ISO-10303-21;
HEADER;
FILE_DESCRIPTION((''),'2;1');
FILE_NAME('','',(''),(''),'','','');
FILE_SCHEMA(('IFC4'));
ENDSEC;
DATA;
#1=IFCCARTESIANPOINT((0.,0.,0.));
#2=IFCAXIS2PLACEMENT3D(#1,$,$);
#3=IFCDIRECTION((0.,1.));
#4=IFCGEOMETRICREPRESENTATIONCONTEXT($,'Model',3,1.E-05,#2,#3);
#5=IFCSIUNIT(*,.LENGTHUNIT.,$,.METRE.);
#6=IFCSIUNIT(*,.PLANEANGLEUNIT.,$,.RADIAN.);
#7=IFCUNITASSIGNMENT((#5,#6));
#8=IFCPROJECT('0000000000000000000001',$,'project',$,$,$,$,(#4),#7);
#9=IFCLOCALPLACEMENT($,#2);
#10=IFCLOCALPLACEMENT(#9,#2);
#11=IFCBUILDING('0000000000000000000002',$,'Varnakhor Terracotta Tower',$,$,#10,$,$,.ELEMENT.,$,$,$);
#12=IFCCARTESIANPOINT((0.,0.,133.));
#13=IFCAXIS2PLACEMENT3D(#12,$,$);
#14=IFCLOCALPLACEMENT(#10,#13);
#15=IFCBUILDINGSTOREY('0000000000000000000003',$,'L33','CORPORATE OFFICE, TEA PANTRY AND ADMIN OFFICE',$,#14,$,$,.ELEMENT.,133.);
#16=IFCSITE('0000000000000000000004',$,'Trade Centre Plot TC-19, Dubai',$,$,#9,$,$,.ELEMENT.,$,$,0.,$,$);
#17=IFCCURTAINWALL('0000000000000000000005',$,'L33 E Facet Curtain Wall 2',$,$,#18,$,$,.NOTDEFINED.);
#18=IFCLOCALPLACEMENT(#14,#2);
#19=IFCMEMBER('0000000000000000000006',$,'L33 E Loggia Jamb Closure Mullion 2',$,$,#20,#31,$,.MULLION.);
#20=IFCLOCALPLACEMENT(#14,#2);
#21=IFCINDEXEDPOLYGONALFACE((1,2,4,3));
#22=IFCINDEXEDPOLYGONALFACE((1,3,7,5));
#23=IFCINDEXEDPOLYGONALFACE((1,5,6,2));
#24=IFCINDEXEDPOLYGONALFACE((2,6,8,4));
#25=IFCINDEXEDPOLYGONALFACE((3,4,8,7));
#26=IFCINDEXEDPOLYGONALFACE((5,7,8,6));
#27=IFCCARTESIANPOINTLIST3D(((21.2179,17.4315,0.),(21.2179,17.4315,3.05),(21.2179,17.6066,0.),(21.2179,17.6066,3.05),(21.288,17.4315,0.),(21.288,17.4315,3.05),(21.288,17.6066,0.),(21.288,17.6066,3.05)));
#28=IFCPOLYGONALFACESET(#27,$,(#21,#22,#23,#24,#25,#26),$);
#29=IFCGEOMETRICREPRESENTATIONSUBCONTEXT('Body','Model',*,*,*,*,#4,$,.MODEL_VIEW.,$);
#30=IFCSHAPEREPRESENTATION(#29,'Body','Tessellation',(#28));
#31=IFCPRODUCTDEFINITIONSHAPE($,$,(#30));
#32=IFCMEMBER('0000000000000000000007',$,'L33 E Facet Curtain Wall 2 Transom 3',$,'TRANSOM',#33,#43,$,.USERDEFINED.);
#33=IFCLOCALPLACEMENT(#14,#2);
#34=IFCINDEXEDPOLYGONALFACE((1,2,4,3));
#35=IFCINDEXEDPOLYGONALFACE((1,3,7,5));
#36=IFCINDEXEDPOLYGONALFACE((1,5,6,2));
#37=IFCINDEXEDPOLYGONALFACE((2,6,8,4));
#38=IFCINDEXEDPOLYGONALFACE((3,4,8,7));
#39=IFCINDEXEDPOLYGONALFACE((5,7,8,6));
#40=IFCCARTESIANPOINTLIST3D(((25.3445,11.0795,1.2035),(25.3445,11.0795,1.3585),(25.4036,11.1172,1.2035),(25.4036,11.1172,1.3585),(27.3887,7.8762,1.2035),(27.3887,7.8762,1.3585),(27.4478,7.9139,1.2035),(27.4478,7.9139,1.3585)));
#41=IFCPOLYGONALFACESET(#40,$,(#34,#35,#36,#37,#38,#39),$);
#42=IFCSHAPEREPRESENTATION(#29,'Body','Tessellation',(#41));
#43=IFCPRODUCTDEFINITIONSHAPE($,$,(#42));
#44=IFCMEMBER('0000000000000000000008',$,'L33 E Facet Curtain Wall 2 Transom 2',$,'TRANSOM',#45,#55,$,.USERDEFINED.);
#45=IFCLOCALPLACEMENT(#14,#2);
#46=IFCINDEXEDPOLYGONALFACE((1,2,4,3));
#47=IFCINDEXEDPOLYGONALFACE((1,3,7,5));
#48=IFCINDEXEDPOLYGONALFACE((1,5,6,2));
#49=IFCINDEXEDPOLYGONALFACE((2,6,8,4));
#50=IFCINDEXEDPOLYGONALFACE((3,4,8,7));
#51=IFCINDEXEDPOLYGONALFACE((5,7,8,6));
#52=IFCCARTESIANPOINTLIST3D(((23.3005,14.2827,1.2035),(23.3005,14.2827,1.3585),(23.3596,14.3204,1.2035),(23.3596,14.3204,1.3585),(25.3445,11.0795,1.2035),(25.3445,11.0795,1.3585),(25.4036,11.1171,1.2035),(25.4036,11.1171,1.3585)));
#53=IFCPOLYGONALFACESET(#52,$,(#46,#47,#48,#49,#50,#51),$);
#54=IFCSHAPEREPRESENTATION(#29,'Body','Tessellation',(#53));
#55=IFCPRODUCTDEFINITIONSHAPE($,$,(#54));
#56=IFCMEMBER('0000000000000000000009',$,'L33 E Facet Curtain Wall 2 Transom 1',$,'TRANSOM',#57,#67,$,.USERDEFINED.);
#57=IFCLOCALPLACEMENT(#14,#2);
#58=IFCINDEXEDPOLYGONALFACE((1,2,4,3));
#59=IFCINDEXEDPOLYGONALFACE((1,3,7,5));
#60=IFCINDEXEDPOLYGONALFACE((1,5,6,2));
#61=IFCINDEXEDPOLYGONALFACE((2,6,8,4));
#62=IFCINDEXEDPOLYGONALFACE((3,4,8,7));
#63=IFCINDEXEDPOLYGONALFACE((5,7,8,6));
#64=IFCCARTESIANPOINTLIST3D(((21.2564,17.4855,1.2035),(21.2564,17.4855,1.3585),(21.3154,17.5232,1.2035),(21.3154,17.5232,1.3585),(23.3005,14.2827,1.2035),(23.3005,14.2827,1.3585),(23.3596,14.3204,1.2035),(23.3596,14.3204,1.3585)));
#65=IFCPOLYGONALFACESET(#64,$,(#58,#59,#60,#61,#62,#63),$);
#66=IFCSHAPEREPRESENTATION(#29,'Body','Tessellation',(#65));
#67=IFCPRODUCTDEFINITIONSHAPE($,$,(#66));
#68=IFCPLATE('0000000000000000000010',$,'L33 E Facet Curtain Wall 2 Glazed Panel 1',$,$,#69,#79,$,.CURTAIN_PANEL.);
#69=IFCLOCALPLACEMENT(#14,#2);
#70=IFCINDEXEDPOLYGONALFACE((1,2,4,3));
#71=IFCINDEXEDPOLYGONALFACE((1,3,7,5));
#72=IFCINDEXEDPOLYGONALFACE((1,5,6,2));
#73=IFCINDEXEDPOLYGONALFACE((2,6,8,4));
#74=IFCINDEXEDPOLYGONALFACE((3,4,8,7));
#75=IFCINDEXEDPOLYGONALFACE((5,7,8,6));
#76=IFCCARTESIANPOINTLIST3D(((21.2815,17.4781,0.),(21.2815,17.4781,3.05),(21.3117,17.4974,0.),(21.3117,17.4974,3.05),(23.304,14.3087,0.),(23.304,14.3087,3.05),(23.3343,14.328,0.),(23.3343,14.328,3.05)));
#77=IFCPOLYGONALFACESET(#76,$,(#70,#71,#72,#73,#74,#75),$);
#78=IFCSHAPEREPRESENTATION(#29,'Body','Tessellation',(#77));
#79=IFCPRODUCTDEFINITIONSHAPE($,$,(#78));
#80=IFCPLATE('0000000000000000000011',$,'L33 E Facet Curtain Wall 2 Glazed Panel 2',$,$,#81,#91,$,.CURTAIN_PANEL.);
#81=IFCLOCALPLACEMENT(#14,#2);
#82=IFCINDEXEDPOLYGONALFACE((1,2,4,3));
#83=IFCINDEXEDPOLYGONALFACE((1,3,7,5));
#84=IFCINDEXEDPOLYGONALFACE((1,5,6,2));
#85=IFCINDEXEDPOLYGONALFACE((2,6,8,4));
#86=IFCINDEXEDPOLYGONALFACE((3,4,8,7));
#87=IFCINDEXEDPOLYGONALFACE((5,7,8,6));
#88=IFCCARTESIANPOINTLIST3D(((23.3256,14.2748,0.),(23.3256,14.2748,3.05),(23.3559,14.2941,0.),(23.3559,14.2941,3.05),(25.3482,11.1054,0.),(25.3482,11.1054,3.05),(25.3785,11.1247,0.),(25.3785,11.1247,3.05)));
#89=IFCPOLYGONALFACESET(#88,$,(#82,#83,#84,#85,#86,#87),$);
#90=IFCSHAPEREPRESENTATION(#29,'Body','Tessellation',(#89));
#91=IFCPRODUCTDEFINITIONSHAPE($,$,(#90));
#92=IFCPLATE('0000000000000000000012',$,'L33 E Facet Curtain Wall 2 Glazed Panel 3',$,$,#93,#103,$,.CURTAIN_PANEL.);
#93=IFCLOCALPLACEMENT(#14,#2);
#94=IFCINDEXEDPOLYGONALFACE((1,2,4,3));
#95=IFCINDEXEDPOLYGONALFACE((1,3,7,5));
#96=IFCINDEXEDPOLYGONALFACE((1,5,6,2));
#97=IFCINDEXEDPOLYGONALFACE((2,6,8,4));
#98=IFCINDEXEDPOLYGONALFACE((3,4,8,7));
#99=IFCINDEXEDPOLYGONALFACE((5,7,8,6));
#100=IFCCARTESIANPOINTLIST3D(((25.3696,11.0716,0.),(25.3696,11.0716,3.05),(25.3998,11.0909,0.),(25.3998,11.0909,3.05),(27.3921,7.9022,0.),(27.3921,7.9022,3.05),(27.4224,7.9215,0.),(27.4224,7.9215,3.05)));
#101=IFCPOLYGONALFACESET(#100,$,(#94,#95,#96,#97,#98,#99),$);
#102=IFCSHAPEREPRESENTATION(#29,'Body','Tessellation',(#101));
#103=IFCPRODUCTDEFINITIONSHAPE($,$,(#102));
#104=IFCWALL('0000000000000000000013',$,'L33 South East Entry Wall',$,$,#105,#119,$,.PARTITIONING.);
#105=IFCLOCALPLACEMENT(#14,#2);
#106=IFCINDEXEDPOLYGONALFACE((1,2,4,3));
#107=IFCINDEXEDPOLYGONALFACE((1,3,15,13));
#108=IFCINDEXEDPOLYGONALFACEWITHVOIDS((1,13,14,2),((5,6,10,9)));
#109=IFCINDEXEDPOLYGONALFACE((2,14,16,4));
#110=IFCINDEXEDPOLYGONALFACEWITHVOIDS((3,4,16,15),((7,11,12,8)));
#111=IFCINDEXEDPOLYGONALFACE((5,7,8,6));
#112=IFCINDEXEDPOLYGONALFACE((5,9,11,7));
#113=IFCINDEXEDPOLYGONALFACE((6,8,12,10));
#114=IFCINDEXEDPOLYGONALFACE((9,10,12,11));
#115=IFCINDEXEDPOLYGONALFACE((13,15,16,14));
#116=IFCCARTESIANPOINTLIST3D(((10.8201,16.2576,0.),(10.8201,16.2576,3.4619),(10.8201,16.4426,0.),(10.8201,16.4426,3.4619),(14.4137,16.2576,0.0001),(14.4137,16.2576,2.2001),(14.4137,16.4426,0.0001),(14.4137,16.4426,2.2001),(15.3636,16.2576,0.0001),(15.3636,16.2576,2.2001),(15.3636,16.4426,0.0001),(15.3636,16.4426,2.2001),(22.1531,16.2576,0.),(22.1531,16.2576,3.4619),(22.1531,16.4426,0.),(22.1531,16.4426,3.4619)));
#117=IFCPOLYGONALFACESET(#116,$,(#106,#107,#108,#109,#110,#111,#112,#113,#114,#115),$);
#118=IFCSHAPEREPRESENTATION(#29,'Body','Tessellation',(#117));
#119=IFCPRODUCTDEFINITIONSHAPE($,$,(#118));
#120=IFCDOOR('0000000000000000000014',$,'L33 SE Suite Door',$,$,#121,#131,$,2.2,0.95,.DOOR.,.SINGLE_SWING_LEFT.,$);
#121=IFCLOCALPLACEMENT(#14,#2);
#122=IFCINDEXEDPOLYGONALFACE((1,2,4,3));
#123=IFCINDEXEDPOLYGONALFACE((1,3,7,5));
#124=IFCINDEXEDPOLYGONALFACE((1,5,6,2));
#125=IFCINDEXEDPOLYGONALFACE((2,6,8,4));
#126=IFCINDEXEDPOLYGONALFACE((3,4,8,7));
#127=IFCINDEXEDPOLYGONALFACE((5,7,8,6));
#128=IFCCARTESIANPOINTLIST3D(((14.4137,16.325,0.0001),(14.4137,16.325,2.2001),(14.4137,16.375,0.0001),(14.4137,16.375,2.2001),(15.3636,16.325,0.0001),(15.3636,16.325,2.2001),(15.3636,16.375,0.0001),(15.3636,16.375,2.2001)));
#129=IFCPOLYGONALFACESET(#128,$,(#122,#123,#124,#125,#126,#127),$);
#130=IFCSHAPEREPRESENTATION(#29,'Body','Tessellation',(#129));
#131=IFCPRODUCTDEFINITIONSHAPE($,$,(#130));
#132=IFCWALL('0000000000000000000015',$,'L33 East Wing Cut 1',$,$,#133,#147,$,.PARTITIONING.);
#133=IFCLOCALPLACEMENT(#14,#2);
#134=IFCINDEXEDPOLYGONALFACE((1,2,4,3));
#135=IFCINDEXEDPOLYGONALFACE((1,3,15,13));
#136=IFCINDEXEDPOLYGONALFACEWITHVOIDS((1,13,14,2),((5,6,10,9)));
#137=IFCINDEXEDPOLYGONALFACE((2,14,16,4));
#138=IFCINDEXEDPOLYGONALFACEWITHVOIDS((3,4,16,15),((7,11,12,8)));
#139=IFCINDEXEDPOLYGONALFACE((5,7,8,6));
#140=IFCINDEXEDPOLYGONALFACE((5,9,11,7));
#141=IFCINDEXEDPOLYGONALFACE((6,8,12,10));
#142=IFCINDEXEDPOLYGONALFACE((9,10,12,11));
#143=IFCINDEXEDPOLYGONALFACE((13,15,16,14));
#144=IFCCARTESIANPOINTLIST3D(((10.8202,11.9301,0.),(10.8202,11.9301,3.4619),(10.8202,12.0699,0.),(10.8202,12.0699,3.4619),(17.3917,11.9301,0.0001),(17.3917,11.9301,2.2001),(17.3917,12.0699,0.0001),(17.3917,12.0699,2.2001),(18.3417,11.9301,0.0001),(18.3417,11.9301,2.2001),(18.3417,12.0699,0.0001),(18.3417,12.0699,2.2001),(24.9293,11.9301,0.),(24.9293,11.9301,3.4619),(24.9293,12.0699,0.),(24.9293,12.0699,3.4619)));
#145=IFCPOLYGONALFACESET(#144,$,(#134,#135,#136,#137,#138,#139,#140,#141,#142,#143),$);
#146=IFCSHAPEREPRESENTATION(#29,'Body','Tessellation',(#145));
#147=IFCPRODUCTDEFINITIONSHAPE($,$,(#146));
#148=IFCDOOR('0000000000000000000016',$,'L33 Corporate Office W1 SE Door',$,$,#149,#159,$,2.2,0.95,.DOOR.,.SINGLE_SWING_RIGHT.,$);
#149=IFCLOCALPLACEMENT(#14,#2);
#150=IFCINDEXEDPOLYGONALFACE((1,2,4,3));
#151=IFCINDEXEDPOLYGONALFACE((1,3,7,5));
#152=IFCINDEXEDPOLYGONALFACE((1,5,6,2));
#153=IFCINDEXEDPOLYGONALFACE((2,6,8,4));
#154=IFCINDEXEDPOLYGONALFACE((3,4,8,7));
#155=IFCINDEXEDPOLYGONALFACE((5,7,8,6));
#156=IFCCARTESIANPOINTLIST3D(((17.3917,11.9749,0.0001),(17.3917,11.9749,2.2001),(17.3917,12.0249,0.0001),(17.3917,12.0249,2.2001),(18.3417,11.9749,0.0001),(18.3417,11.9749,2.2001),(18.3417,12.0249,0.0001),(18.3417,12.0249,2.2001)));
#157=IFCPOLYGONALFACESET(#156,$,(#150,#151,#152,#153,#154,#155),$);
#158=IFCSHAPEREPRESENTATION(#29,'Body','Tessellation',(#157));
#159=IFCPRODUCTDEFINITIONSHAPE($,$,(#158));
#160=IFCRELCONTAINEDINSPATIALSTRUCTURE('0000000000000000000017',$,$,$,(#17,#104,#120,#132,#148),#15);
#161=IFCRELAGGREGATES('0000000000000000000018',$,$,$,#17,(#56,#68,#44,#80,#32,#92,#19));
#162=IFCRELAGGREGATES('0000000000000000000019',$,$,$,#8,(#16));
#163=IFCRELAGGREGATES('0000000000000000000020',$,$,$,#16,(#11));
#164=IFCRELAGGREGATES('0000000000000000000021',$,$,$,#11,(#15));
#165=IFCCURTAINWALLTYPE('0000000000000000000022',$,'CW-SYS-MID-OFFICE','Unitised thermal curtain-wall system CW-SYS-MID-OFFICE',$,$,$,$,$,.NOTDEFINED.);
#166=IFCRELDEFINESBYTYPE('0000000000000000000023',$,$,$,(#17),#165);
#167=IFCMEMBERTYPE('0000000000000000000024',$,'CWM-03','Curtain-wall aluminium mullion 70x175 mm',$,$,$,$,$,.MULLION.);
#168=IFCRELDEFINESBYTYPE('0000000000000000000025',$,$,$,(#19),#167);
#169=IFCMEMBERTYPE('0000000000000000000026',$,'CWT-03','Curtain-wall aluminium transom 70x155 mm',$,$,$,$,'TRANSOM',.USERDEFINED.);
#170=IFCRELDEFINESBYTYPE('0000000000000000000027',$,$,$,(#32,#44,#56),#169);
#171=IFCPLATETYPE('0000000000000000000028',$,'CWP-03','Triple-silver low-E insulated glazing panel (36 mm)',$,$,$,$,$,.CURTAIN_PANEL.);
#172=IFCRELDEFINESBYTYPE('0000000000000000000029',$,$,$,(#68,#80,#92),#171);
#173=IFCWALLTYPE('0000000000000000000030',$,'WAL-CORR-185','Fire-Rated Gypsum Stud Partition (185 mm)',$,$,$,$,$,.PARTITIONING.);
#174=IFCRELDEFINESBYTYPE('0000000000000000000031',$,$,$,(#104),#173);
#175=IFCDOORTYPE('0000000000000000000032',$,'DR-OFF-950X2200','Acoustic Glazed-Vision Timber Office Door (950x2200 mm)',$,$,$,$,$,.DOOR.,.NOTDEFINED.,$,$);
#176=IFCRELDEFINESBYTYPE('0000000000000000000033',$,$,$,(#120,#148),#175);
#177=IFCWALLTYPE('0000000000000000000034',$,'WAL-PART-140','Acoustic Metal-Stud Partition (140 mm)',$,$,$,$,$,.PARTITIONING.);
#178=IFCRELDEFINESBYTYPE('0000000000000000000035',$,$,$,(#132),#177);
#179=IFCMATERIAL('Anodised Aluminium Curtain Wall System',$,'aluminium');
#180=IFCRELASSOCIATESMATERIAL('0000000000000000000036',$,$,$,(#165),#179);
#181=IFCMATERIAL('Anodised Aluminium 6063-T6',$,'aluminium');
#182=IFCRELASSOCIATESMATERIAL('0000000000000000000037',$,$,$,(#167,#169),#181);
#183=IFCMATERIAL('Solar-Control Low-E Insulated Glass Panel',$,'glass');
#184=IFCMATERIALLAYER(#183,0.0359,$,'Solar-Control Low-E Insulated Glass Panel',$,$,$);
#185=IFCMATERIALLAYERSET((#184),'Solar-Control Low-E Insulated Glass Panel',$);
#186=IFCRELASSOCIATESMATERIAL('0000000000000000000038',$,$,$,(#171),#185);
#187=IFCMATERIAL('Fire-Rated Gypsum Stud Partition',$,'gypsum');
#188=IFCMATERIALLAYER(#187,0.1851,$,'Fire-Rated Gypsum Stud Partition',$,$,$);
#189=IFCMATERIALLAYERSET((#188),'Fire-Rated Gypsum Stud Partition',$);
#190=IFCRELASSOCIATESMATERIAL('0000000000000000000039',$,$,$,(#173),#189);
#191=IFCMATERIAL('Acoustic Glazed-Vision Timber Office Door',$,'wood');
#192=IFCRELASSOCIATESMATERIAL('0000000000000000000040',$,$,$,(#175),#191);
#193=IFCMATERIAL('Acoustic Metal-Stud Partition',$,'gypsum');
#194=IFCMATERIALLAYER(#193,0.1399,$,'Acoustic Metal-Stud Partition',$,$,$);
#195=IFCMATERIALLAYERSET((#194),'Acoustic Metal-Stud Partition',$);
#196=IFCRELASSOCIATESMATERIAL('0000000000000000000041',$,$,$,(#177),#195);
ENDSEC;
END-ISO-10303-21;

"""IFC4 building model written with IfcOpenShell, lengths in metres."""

from ifc_helpers import new_model, si_unit, direction, frame, frame_2d, origin, origin_2d, place, context, subcontext, project, spatial, rectangle, extrude, source, transform, mapped, material, layer, layer_set, material_profile, profile_set, type_object, type_shapes, element, fill, aggregate, save


model = new_model("IFC4")

# Units and contexts
model_context = context("Model", 3, precision=1e-05, world=origin(), true_north=direction((0.0, 1.0)))
body_context = subcontext(model_context, "Body", "Model", "MODEL_VIEW")
ifc_project = project(units=[si_unit("LENGTHUNIT", "METRE"), si_unit("PLANEANGLEUNIT", "RADIAN")], contexts=[model_context])

# Site, building, storey
site_placement = place(None, origin())
site = spatial("IfcSite", under=ifc_project, at=site_placement, Name="Trade Centre Plot TC-19, Dubai", CompositionType="ELEMENT", RefElevation=0.0)
building_placement = place(site_placement, origin())
building = spatial("IfcBuilding", under=site, at=building_placement, Name="Varnakhor Terracotta Tower", CompositionType="ELEMENT")
storey_placement = place(building_placement, frame((0.0, 0.0, 133.0)))
storey = spatial("IfcBuildingStorey", under=building, at=storey_placement, Name="L33", Description="CORPORATE OFFICE, TEA PANTRY AND ADMIN OFFICE", CompositionType="ELEMENT", Elevation=133.0)

# Curtain wall, members, plates
ifc_material_1 = material(Name="Anodised Aluminium Curtain Wall System", Category="aluminium")
curtain_wall_type = type_object("IfcCurtainWallType", Name="CW-SYS-MID-OFFICE", Description="Unitised thermal curtain-wall system CW-SYS-MID-OFFICE", PredefinedType="NOTDEFINED", material=ifc_material_1)
curtain_wall_placement = place(storey_placement, origin())
curtain_wall = element("IfcCurtainWall", 1, at=curtain_wall_placement, inside=storey, type_object=curtain_wall_type, Name="L33 E Facet Curtain Wall 2", PredefinedType="NOTDEFINED")
ifc_material_2 = material(Name="Anodised Aluminium 6063-T6", Category="aluminium")
ifc_material_profile_1 = material_profile(ifc_material_2, rectangle(XDim=0.0701, YDim=0.175, at=origin_2d()), Name="ALU MULLION 70x175")
ifc_profile_set_1 = profile_set([ifc_material_profile_1], Name="Anodised Aluminium 6063-T6")
member_type_1 = type_object("IfcMemberType", Name="CWM-03", Description="Curtain-wall aluminium mullion 70x175 mm", PredefinedType="MULLION", material=ifc_profile_set_1)
shared_shape_1 = source(origin(), body_context, "Body", "SweptSolid", [
    extrude(rectangle(XDim=0.0701, YDim=0.175, at=origin_2d()), origin(), (0.0, 0.0, 1.0), 3.05),
])
member_1_placement = place(storey_placement, frame((21.2529, 17.519, 0.0), z_axis=(0.0, 0.0, 1.0), x_axis=(1.0, 0.0, 0.0)))
member_1 = element("IfcMember", 2, at=member_1_placement, type_object=member_type_1, Name="L33 E Loggia Jamb Closure Mullion 2", PredefinedType="MULLION", context=body_context, shape_type="MappedRepresentation", body=[
    mapped(shared_shape_1, transform((0.0, 0.0, 0.0), scale=1.0)),
])
ifc_material_profile_2 = material_profile(ifc_material_2, rectangle(XDim=0.0701, YDim=0.155, at=origin_2d()), Name="ALU TRANSOM 70x155")
ifc_profile_set_2 = profile_set([ifc_material_profile_2], Name="Anodised Aluminium 6063-T6")
member_type_2 = type_object("IfcMemberType", Name="CWT-03", Description="Curtain-wall aluminium transom 70x155 mm", ElementType="TRANSOM", PredefinedType="USERDEFINED", material=ifc_profile_set_2)
shared_shape_2 = source(origin(), body_context, "Body", "SweptSolid", [
    extrude(rectangle(XDim=0.0701, YDim=0.155, at=origin_2d()), origin(), (0.0, 0.0, 1.0), 3.8),
])
member_2_placement = place(storey_placement, frame((25.374, 11.0984, 1.281), z_axis=(0.537939, -0.842984, 0.0), x_axis=(0.842984, 0.537939, 0.0)))
member_2 = element("IfcMember", 3, at=member_2_placement, type_object=member_type_2, Name="L33 E Facet Curtain Wall 2 Transom 3", ObjectType="TRANSOM", PredefinedType="USERDEFINED", context=body_context, shape_type="MappedRepresentation", body=[
    mapped(shared_shape_2, transform((0.0, 0.0, 0.0), scale=1.0)),
])
shared_shape_3 = source(origin(), body_context, "Body", "SweptSolid", [
    extrude(rectangle(XDim=0.0701, YDim=0.155, at=origin_2d()), origin(), (0.0, 0.0, 1.0), 3.7998),
])
member_3_placement = place(storey_placement, frame((23.3301, 14.3015, 1.281), z_axis=(0.537923, -0.842994, 0.0), x_axis=(0.842994, 0.537923, 0.0)))
member_3 = element("IfcMember", 4, at=member_3_placement, type_object=member_type_2, Name="L33 E Facet Curtain Wall 2 Transom 2", ObjectType="TRANSOM", PredefinedType="USERDEFINED", context=body_context, shape_type="MappedRepresentation", body=[
    mapped(shared_shape_3, transform((0.0, 0.0, 0.0), scale=1.0)),
])
shared_shape_4 = source(origin(), body_context, "Body", "SweptSolid", [
    extrude(rectangle(XDim=0.0701, YDim=0.155, at=origin_2d()), origin(), (0.0, 0.0, 1.0), 3.7996),
])
member_4_placement = place(storey_placement, frame((21.2859, 17.5044, 1.281), z_axis=(0.537998, -0.842946, 0.0), x_axis=(0.842946, 0.537998, 0.0)))
member_4 = element("IfcMember", 5, at=member_4_placement, type_object=member_type_2, Name="L33 E Facet Curtain Wall 2 Transom 1", ObjectType="TRANSOM", PredefinedType="USERDEFINED", context=body_context, shape_type="MappedRepresentation", body=[
    mapped(shared_shape_4, transform((0.0, 0.0, 0.0), scale=1.0)),
])
ifc_material_3 = material(Name="Solar-Control Low-E Insulated Glass Panel", Category="glass")
ifc_layer_1 = layer(ifc_material_3, 0.0359, Name="Solar-Control Low-E Insulated Glass Panel")
ifc_layer_set_1 = layer_set([ifc_layer_1], Name="Solar-Control Low-E Insulated Glass Panel")
plate_type = type_object("IfcPlateType", Name="CWP-03", Description="Triple-silver low-E insulated glazing panel (36 mm)", PredefinedType="CURTAIN_PANEL", material=ifc_layer_set_1)
shared_shape_5 = source(origin(), body_context, "Body", "SweptSolid", [
    extrude(rectangle(XDim=3.7598, YDim=0.0359, at=origin_2d()), origin(), (0.0, 0.0, 1.0), 3.05),
])
plate_1_placement = place(storey_placement, frame((22.3079, 15.9031, 0.0), z_axis=(0.0, 0.0, 1.0), x_axis=(0.537947, -0.842979, 0.0)))
plate_1 = element("IfcPlate", 6, at=plate_1_placement, type_object=plate_type, Name="L33 E Facet Curtain Wall 2 Glazed Panel 1", PredefinedType="CURTAIN_PANEL", context=body_context, shape_type="MappedRepresentation", body=[
    mapped(shared_shape_5, transform((0.0, 0.0, 0.0), scale=1.0)),
])
plate_2_placement = place(storey_placement, frame((24.3521, 12.6997, 0.0), z_axis=(0.0, 0.0, 1.0), x_axis=(0.537947, -0.842979, 0.0)))
plate_2 = element("IfcPlate", 7, at=plate_2_placement, type_object=plate_type, Name="L33 E Facet Curtain Wall 2 Glazed Panel 2", PredefinedType="CURTAIN_PANEL", context=body_context, shape_type="MappedRepresentation", body=[
    mapped(shared_shape_5, transform((0.0, 0.0, 0.0), scale=1.0)),
])
plate_3_placement = place(storey_placement, frame((26.396, 9.4966, 0.0), z_axis=(0.0, 0.0, 1.0), x_axis=(0.537947, -0.842979, 0.0)))
plate_3 = element("IfcPlate", 8, at=plate_3_placement, type_object=plate_type, Name="L33 E Facet Curtain Wall 2 Glazed Panel 3", PredefinedType="CURTAIN_PANEL", context=body_context, shape_type="MappedRepresentation", body=[
    mapped(shared_shape_5, transform((0.0, 0.0, 0.0), scale=1.0)),
])
aggregate(curtain_wall, [member_4, plate_1, member_3, plate_2, member_2, plate_3, member_1])

# Walls, openings, doors
ifc_material_4 = material(Name="Fire-Rated Gypsum Stud Partition", Category="gypsum")
ifc_layer_2 = layer(ifc_material_4, 0.1851, Name="Fire-Rated Gypsum Stud Partition")
ifc_layer_set_2 = layer_set([ifc_layer_2], Name="Fire-Rated Gypsum Stud Partition")
wall_type_1 = type_object("IfcWallType", Name="WAL-CORR-185", Description="Fire-Rated Gypsum Stud Partition (185 mm)", PredefinedType="PARTITIONING", material=ifc_layer_set_2)
wall_1_placement = place(storey_placement, frame((10.8201, 16.3501, 0.0), z_axis=(0.0, 0.0, 1.0), x_axis=(1.0, 0.0, 0.0)))
wall_1 = element("IfcWall", 9, at=wall_1_placement, inside=storey, type_object=wall_type_1, Name="L33 South East Entry Wall", PredefinedType="PARTITIONING", context=body_context, shape_type="SweptSolid", body=[
    extrude(rectangle(XDim=11.333, YDim=0.1851, at=frame_2d((5.6665, 0.0))), origin(), (0.0, 0.0, 1.0), 3.4619),
])
opening_1_placement = place(wall_1_placement, frame((3.5935, 0.0, 0.0)))
opening_1 = element("IfcOpeningElement", 10, at=opening_1_placement, cuts=wall_1, PredefinedType="OPENING", context=body_context, shape_type="SweptSolid", body=[
    extrude(rectangle(XDim=0.95, YDim=2.2, at=frame_2d((0.4751, 1.1001))), frame((0.0, 0.1025, 0.0), z_axis=(0.0, -1.0, 0.0), x_axis=(1.0, 0.0, 0.0)), (0.0, 0.0, 1.0), 0.2051),
])
ifc_material_5 = material(Name="Acoustic Glazed-Vision Timber Office Door", Category="wood")
door_type = type_object("IfcDoorType", Name="DR-OFF-950X2200", Description="Acoustic Glazed-Vision Timber Office Door (950x2200 mm)", OperationType="NOTDEFINED", PredefinedType="DOOR", material=ifc_material_5)
shared_shape_6 = source(origin(), body_context, "Body", "SweptSolid", [
    extrude(rectangle(XDim=0.95, YDim=2.2, at=frame_2d((0.4751, 1.1001))), frame((0.0, 0.0249, 0.0), z_axis=(0.0, -1.0, 0.0), x_axis=(1.0, 0.0, 0.0)), (0.0, 0.0, 1.0), 0.05),
])
type_shapes(door_type, [shared_shape_6])
door_1_placement = place(opening_1_placement, origin())
door_1 = element("IfcDoor", 11, at=door_1_placement, inside=storey, type_object=door_type, Name="L33 SE Suite Door", OperationType="SINGLE_SWING_LEFT", OverallHeight=2.2, OverallWidth=0.95, PredefinedType="DOOR", context=body_context, shape_type="MappedRepresentation", body=[
    mapped(shared_shape_6, transform((0.0, 0.0, 0.0), scale=1.0)),
])
fill(opening_1, door_1)
ifc_material_6 = material(Name="Acoustic Metal-Stud Partition", Category="gypsum")
ifc_layer_3 = layer(ifc_material_6, 0.1399, Name="Acoustic Metal-Stud Partition")
ifc_layer_set_3 = layer_set([ifc_layer_3], Name="Acoustic Metal-Stud Partition")
wall_type_2 = type_object("IfcWallType", Name="WAL-PART-140", Description="Acoustic Metal-Stud Partition (140 mm)", PredefinedType="PARTITIONING", material=ifc_layer_set_3)
wall_2_placement = place(storey_placement, frame((10.8201, 12.0, 0.0), z_axis=(0.0, 0.0, 1.0), x_axis=(1.0, 0.0, 0.0)))
wall_2 = element("IfcWall", 12, at=wall_2_placement, inside=storey, type_object=wall_type_2, Name="L33 East Wing Cut 1", PredefinedType="PARTITIONING", context=body_context, shape_type="SweptSolid", body=[
    extrude(rectangle(XDim=14.1091, YDim=0.1399, at=frame_2d((7.0547, 0.0))), origin(), (0.0, 0.0, 1.0), 3.4619),
])
opening_2_placement = place(wall_2_placement, frame((6.5715, 0.0, 0.0)))
opening_2 = element("IfcOpeningElement", 13, at=opening_2_placement, cuts=wall_2, PredefinedType="OPENING", context=body_context, shape_type="SweptSolid", body=[
    extrude(rectangle(XDim=0.95, YDim=2.2, at=frame_2d((0.4751, 1.1001))), frame((0.0, 0.0801, 0.0), z_axis=(0.0, -1.0, 0.0), x_axis=(1.0, 0.0, 0.0)), (0.0, 0.0, 1.0), 0.1599),
])
door_2_placement = place(opening_2_placement, origin())
door_2 = element("IfcDoor", 14, at=door_2_placement, inside=storey, type_object=door_type, Name="L33 Corporate Office W1 SE Door", OperationType="SINGLE_SWING_RIGHT", OverallHeight=2.2, OverallWidth=0.95, PredefinedType="DOOR", context=body_context, shape_type="MappedRepresentation", body=[
    mapped(shared_shape_6, transform((0.0, 0.0, 0.0), scale=1.0)),
])
fill(opening_2, door_2)

save(model, "model.ifc")
